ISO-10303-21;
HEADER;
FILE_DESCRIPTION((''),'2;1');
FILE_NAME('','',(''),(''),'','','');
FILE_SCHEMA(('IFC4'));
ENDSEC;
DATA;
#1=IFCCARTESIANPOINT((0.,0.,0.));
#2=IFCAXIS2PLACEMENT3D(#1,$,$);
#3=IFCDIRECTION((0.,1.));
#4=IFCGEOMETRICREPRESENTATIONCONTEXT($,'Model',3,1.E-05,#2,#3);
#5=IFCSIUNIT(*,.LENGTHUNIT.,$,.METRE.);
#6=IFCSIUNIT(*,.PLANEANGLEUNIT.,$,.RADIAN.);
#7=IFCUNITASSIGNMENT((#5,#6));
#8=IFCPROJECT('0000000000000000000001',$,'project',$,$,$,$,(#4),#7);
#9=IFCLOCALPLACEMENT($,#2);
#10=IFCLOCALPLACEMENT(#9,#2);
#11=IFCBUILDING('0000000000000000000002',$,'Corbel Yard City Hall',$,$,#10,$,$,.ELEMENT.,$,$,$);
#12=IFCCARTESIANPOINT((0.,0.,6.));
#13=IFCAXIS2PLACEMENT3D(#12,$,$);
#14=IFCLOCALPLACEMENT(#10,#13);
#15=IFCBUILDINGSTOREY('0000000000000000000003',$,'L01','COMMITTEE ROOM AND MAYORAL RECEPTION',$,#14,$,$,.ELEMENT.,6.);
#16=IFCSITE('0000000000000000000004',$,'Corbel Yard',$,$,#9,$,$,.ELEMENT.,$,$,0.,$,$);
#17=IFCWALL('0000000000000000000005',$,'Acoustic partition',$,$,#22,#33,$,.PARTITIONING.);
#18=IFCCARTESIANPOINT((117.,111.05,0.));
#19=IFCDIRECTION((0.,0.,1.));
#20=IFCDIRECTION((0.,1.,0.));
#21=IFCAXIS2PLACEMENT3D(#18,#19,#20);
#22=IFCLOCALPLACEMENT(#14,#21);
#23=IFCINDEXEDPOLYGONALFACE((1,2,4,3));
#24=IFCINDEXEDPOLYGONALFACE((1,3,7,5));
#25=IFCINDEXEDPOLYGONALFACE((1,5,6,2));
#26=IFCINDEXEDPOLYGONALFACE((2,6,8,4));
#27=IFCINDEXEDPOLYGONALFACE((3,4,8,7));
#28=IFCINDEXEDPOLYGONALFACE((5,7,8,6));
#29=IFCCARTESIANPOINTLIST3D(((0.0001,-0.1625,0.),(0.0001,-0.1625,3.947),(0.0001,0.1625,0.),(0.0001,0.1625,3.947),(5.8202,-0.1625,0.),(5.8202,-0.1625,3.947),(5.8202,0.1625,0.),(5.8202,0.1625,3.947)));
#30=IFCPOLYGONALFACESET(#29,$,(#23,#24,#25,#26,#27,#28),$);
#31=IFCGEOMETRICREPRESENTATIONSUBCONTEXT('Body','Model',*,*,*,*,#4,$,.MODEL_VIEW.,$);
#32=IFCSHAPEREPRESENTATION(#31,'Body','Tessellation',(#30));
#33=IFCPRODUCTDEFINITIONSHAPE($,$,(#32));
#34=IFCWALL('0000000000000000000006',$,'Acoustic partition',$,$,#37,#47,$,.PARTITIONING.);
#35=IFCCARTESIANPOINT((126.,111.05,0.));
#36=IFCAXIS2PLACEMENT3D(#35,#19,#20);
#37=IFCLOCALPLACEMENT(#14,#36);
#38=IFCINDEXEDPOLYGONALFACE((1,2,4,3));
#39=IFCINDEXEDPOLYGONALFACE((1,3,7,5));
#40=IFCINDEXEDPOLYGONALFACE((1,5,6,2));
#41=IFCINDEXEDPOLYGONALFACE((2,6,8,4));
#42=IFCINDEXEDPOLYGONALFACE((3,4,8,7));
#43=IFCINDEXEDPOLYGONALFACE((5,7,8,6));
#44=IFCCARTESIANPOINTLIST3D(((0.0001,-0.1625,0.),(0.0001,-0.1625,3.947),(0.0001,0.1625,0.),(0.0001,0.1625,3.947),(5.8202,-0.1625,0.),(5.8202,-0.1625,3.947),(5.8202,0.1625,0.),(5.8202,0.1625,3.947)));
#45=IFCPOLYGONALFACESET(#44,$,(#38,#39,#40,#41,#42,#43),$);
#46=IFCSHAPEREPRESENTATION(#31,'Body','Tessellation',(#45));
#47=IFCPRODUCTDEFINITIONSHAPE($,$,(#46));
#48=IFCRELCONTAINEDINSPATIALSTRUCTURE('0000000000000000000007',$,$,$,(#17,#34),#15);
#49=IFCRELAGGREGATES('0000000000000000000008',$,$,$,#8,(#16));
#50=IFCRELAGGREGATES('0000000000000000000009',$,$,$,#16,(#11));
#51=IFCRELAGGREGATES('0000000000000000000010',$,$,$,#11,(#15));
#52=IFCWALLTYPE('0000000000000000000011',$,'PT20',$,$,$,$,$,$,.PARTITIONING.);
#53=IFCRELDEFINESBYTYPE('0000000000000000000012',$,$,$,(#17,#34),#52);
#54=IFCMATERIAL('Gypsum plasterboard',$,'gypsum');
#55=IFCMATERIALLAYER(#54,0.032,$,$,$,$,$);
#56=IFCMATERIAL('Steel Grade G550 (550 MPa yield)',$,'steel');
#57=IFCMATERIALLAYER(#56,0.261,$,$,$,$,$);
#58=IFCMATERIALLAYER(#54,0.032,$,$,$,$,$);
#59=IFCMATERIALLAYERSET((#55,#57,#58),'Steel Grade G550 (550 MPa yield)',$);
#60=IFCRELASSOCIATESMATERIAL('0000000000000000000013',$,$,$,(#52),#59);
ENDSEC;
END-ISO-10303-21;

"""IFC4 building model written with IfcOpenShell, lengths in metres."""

from ifc_helpers import new_model, si_unit, direction, frame, frame_2d, origin, place, context, subcontext, project, spatial, rectangle, extrude, material, layer, layer_set, type_object, element, save


model = new_model("IFC4")

# Units and contexts
model_context = context("Model", 3, precision=1e-05, world=origin(), true_north=direction((0.0, 1.0)))
body_context = subcontext(model_context, "Body", "Model", "MODEL_VIEW")
ifc_project = project(units=[si_unit("LENGTHUNIT", "METRE"), si_unit("PLANEANGLEUNIT", "RADIAN")], contexts=[model_context])

# Site, building, storey
site_placement = place(None, origin())
site = spatial("IfcSite", under=ifc_project, at=site_placement, Name="Corbel Yard", CompositionType="ELEMENT", RefElevation=0.0)
building_placement = place(site_placement, origin())
building = spatial("IfcBuilding", under=site, at=building_placement, Name="Corbel Yard City Hall", CompositionType="ELEMENT")
storey_placement = place(building_placement, frame((0.0, 0.0, 6.0)))
storey = spatial("IfcBuildingStorey", under=building, at=storey_placement, Name="L01", Description="COMMITTEE ROOM AND MAYORAL RECEPTION", CompositionType="ELEMENT", Elevation=6.0)

# Walls
ifc_material_1 = material(Name="Gypsum plasterboard", Category="gypsum")
ifc_layer_1 = layer(ifc_material_1, 0.032)
ifc_material_2 = material(Name="Steel Grade G550 (550 MPa yield)", Category="steel")
ifc_layer_2 = layer(ifc_material_2, 0.261)
ifc_layer_3 = layer(ifc_material_1, 0.032)
ifc_layer_set_1 = layer_set([ifc_layer_1, ifc_layer_2, ifc_layer_3], Name="Steel Grade G550 (550 MPa yield)")
wall_type_1 = type_object("IfcWallType", Name="PT20", PredefinedType="PARTITIONING", material=ifc_layer_set_1)
wall_1_placement = place(storey_placement, frame((117.0, 111.05, 0.0), z_axis=(0.0, 0.0, 1.0), x_axis=(0.0, 1.0, 0.0)))
element("IfcWall", 1, at=wall_1_placement, inside=storey, type_object=wall_type_1, Name="Acoustic partition", PredefinedType="PARTITIONING", context=body_context, shape_type="SweptSolid", body=[
    extrude(rectangle(XDim=5.8201, YDim=0.325, at=frame_2d((2.9102, 0.0))), origin(), (0.0, 0.0, 1.0), 3.947),
])
wall_2_placement = place(storey_placement, frame((126.0, 111.05, 0.0), z_axis=(0.0, 0.0, 1.0), x_axis=(0.0, 1.0, 0.0)))
element("IfcWall", 2, at=wall_2_placement, inside=storey, type_object=wall_type_1, Name="Acoustic partition", PredefinedType="PARTITIONING", context=body_context, shape_type="SweptSolid", body=[
    extrude(rectangle(XDim=5.8201, YDim=0.325, at=frame_2d((2.9102, 0.0))), origin(), (0.0, 0.0, 1.0), 3.947),
])

save(model, "model.ifc")
